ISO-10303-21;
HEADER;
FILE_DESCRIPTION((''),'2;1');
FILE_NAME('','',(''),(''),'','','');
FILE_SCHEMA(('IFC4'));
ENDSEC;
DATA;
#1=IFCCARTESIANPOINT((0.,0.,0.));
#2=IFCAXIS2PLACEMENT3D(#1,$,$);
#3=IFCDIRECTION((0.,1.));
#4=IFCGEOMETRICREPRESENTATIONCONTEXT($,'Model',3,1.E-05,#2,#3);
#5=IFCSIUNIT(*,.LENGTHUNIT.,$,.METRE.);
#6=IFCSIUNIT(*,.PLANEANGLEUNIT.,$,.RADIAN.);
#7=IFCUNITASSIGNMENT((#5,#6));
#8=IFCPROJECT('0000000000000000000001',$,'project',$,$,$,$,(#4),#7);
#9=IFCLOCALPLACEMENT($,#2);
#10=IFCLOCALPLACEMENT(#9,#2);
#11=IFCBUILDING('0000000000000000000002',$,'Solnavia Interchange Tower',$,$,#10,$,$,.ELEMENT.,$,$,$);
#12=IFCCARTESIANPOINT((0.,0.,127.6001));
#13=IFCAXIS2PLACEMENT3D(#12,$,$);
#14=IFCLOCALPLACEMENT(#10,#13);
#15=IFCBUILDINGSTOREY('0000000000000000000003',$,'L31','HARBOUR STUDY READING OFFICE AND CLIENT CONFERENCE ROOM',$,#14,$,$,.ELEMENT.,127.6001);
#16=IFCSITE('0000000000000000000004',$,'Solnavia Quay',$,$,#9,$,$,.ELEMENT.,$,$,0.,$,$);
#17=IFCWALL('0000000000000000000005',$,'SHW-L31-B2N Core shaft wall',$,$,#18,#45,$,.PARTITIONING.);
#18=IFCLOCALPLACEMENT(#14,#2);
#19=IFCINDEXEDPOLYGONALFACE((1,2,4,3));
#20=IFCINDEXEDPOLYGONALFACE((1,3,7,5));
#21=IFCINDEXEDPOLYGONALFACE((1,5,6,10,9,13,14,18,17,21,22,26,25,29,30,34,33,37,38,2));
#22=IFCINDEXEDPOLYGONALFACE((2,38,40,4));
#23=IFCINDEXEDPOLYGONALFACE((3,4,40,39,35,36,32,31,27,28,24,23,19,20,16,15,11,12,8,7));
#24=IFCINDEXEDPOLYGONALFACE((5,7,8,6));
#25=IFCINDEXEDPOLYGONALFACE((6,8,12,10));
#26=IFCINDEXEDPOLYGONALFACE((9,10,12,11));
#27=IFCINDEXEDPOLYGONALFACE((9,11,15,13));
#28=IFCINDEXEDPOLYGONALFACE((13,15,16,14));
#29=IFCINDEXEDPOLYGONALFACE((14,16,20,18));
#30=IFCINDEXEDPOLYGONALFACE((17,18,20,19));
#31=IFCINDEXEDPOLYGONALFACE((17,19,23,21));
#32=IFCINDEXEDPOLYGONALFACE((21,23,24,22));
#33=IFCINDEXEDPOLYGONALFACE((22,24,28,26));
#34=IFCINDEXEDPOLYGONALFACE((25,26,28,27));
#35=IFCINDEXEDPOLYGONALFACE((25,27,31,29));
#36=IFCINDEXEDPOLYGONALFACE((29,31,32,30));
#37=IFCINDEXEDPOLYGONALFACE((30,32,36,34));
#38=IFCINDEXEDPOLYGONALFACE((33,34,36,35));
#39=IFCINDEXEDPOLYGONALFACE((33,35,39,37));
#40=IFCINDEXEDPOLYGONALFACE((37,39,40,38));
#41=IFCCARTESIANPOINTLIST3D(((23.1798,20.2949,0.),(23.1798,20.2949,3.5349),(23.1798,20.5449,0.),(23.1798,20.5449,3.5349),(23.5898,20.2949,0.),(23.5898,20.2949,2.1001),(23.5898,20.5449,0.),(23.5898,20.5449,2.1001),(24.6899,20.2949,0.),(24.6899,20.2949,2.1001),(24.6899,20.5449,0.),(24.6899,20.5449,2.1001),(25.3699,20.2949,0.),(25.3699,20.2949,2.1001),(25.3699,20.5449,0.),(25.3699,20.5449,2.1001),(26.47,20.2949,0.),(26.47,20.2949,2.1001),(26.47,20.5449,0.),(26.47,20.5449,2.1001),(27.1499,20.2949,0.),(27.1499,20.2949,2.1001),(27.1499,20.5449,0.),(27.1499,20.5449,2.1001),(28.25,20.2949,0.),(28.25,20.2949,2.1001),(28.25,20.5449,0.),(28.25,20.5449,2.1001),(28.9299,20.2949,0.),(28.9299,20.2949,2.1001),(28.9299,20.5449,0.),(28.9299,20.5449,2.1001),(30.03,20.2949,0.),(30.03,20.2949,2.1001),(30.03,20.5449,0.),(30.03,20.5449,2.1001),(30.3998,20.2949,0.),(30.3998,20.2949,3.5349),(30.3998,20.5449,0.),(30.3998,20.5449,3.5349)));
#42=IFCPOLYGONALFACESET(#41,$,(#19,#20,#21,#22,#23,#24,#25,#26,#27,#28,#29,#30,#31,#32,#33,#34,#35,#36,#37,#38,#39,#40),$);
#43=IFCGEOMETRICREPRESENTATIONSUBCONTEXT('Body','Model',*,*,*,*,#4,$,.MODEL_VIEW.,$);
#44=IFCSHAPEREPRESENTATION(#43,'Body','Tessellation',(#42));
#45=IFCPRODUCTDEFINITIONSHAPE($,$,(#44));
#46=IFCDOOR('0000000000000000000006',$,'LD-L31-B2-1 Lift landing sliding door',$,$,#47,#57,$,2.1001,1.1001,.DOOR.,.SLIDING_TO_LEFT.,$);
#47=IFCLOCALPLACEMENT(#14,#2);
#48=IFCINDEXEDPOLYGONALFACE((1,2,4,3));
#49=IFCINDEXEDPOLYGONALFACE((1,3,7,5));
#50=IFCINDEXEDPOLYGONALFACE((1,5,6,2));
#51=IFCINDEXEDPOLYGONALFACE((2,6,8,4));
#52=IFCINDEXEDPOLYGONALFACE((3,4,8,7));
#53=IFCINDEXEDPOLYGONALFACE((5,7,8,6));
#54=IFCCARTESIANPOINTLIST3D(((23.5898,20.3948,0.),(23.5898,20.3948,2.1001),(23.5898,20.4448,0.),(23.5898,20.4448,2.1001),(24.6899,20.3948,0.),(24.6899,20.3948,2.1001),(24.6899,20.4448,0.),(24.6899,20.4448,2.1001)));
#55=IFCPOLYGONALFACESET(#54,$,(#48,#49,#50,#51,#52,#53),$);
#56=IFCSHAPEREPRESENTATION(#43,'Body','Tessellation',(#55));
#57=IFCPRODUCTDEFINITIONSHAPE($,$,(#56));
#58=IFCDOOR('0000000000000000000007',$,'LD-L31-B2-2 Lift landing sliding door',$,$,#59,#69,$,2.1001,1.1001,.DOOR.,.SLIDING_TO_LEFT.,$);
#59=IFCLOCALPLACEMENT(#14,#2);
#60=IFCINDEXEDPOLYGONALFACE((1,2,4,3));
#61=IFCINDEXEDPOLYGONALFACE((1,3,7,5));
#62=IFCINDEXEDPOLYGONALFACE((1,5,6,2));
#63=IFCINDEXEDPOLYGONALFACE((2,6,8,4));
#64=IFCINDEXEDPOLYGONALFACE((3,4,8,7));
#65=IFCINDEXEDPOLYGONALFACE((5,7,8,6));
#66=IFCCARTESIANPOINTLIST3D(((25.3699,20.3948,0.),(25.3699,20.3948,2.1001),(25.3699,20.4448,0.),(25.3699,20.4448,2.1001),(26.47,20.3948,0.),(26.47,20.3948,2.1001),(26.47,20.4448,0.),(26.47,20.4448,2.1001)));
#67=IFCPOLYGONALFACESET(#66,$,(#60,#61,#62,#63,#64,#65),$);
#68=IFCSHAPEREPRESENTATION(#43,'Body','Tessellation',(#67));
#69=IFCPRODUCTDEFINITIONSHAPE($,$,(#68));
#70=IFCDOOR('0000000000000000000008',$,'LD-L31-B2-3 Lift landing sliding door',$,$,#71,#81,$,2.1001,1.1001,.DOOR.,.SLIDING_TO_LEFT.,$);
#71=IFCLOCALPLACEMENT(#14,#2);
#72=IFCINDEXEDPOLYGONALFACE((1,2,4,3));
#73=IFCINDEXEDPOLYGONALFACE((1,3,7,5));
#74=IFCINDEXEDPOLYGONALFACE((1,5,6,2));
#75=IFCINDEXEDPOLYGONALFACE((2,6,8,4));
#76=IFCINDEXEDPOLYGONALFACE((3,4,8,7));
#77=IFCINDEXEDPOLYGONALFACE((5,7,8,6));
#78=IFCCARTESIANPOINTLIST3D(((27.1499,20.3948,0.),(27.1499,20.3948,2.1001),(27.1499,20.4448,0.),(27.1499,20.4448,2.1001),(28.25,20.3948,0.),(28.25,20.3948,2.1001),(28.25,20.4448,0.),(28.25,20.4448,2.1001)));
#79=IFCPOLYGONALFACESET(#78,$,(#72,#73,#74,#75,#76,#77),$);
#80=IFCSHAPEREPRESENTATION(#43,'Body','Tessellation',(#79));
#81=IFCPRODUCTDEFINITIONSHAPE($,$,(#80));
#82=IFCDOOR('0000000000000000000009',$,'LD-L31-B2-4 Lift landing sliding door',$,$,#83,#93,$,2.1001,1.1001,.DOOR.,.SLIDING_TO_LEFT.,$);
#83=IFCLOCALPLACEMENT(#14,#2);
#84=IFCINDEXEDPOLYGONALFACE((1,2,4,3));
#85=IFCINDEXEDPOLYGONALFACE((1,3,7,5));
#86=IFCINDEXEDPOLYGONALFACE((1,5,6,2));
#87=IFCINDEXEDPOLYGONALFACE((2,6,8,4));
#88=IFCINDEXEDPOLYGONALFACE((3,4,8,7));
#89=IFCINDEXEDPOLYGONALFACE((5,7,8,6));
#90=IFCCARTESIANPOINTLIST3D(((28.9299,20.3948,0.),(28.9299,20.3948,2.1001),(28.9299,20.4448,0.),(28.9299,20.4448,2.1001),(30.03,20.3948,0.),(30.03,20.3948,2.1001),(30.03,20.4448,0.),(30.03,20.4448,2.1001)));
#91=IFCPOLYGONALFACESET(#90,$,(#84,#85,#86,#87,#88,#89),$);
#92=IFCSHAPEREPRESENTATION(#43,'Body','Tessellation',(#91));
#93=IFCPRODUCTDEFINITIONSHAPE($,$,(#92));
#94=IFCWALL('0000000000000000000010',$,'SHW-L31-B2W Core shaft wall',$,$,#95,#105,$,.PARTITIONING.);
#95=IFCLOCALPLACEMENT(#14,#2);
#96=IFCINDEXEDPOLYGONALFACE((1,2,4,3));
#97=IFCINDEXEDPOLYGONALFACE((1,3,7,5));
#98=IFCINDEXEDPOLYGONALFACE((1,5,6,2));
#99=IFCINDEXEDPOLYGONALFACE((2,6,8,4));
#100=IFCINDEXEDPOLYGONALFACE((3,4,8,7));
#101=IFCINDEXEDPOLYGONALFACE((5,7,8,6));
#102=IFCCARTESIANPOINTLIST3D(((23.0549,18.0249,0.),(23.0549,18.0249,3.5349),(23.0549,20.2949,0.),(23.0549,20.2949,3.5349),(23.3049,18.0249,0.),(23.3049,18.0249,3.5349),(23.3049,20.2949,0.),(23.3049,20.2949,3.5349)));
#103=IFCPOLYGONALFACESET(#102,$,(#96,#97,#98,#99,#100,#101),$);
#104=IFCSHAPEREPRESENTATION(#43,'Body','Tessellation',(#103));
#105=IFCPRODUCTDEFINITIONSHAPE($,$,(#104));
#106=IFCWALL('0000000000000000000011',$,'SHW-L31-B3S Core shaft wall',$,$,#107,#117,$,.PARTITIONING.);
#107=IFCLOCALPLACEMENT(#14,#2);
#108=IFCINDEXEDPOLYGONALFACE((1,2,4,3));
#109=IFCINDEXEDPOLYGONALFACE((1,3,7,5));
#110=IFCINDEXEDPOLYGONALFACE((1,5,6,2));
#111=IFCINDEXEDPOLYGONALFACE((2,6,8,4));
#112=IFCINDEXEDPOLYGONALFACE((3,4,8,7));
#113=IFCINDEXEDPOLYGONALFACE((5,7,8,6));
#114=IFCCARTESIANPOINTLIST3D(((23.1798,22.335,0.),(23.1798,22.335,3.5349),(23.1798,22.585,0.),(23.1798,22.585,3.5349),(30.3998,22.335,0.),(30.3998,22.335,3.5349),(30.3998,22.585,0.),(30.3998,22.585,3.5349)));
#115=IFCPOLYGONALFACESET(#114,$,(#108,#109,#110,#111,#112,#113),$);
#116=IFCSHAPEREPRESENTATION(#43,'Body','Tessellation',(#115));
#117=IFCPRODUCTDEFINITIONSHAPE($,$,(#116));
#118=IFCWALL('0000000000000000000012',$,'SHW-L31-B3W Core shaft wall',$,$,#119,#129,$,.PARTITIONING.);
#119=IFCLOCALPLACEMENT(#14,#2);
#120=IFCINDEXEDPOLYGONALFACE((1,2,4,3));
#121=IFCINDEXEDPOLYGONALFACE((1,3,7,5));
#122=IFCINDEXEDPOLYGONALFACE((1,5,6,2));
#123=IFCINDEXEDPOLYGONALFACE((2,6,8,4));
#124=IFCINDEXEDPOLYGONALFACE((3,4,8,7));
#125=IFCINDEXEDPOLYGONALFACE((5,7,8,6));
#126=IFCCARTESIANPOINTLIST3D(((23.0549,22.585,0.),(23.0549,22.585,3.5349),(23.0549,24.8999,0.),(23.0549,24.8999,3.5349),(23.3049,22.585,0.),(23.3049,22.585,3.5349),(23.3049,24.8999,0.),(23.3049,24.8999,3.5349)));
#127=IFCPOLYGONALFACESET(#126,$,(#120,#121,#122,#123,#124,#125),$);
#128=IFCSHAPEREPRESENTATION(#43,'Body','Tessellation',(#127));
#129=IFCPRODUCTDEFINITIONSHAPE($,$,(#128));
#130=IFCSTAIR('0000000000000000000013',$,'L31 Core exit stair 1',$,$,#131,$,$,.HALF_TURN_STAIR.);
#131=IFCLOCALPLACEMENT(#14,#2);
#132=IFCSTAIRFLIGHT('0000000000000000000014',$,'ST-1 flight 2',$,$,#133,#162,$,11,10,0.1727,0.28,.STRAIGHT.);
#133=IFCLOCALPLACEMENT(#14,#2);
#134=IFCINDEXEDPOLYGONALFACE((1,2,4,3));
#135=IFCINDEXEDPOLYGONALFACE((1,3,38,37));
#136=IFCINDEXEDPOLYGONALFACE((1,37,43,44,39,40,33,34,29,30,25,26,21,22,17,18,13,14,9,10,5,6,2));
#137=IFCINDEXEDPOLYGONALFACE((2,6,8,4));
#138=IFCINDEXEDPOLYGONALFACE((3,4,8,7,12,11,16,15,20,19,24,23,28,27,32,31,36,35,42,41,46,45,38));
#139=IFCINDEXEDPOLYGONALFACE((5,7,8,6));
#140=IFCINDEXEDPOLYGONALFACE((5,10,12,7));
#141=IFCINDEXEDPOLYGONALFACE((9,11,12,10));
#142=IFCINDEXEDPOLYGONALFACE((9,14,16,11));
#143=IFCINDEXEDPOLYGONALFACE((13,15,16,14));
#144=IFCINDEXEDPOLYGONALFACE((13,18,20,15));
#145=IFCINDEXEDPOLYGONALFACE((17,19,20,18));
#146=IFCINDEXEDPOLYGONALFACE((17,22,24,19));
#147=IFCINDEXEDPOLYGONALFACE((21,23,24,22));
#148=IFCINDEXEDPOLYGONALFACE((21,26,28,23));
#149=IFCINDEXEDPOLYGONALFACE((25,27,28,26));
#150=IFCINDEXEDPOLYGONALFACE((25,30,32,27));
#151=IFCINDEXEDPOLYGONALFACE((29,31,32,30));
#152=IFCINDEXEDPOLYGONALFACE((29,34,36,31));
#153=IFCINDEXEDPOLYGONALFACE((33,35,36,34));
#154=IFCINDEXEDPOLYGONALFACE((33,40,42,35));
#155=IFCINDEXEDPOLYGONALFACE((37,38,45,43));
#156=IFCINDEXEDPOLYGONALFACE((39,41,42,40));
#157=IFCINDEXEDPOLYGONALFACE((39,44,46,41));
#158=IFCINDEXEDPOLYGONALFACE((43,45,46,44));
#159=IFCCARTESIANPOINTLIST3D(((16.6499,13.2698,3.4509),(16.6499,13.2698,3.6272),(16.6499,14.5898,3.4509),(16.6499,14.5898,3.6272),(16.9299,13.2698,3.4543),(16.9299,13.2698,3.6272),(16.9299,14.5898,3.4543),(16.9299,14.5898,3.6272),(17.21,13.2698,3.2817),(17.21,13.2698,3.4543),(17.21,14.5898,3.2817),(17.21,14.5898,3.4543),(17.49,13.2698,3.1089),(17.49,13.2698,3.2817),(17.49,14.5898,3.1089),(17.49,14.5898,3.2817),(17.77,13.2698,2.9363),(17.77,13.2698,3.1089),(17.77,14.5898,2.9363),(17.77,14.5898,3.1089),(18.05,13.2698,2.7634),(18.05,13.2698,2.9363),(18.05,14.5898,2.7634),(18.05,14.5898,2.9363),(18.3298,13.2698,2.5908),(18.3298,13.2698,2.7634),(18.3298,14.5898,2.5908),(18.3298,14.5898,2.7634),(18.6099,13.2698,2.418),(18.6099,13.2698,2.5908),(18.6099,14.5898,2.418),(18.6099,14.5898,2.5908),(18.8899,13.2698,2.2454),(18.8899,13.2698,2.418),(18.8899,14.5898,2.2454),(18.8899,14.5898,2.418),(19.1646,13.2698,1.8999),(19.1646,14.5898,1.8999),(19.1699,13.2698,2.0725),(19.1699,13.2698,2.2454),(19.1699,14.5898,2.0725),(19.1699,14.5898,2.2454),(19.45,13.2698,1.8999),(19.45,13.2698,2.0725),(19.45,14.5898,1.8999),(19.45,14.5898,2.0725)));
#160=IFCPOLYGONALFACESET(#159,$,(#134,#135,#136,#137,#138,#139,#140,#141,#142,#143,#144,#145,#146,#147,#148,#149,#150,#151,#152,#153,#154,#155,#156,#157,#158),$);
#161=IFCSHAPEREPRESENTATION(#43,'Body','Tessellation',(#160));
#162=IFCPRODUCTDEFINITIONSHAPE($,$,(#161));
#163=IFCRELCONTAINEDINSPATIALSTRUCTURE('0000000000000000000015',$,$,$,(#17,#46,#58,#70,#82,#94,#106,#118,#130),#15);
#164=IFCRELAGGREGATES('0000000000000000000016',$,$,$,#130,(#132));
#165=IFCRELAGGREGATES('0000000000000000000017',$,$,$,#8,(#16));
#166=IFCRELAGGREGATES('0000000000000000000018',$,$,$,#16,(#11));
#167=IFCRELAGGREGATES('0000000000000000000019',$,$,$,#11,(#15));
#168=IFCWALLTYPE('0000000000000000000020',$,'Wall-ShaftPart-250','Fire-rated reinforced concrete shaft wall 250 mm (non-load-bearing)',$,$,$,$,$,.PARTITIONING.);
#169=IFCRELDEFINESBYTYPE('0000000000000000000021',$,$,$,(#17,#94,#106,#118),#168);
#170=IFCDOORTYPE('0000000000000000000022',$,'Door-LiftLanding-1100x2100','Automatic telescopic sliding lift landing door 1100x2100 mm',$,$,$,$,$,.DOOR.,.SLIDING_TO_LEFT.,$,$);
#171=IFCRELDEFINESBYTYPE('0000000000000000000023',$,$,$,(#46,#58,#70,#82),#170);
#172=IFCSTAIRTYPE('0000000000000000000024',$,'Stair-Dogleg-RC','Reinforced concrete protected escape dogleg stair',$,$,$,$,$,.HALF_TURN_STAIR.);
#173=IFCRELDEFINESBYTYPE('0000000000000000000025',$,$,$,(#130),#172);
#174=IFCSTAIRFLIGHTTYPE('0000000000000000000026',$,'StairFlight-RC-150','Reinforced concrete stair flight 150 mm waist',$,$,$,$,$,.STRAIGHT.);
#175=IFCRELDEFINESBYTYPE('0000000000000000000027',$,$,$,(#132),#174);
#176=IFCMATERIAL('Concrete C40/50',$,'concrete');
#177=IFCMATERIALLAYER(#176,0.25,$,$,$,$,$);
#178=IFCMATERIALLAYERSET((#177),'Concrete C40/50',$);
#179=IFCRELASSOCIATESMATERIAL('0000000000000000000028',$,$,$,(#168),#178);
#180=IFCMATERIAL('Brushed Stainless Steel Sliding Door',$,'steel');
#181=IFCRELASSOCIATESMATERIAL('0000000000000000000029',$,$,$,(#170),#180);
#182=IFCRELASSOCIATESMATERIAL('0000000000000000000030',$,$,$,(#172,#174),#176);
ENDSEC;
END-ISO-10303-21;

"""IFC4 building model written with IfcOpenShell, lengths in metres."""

from ifc_helpers import new_model, si_unit, direction, frame, frame_2d, origin, place, context, subcontext, project, spatial, polyline, rectangle, outline, extrude, material, layer, layer_set, type_object, element, fill, aggregate, save


model = new_model("IFC4")

# Units and contexts
model_context = context("Model", 3, precision=1e-05, world=origin(), true_north=direction((0.0, 1.0)))
body_context = subcontext(model_context, "Body", "Model", "MODEL_VIEW")
ifc_project = project(units=[si_unit("LENGTHUNIT", "METRE"), si_unit("PLANEANGLEUNIT", "RADIAN")], contexts=[model_context])

# Site, building, storey
site_placement = place(None, origin())
site = spatial("IfcSite", under=ifc_project, at=site_placement, Name="Solnavia Quay", CompositionType="ELEMENT", RefElevation=0.0)
building_placement = place(site_placement, origin())
building = spatial("IfcBuilding", under=site, at=building_placement, Name="Solnavia Interchange Tower", CompositionType="ELEMENT")
storey_placement = place(building_placement, frame((0.0, 0.0, 127.6001)))
storey = spatial("IfcBuildingStorey", under=building, at=storey_placement, Name="L31", Description="HARBOUR STUDY READING OFFICE AND CLIENT CONFERENCE ROOM", CompositionType="ELEMENT", Elevation=127.6001)

# Shared definitions
ifc_material_1 = material(Name="Concrete C40/50", Category="concrete")

# Shared definitions
ifc_layer_1 = layer(ifc_material_1, 0.25)
ifc_layer_set_1 = layer_set([ifc_layer_1], Name="Concrete C40/50")
wall_type_1 = type_object("IfcWallType", Name="Wall-ShaftPart-250", Description="Fire-rated reinforced concrete shaft wall 250 mm (non-load-bearing)", PredefinedType="PARTITIONING", material=ifc_layer_set_1)
ifc_material_2 = material(Name="Brushed Stainless Steel Sliding Door", Category="steel")
door_type_1 = type_object("IfcDoorType", Name="Door-LiftLanding-1100x2100", Description="Automatic telescopic sliding lift landing door 1100x2100 mm", OperationType="SLIDING_TO_LEFT", PredefinedType="DOOR", material=ifc_material_2)

# Wall, openings, doors
wall_1_placement = place(storey_placement, frame((23.1799, 20.4199, 0.0), z_axis=(0.0, 0.0, 1.0), x_axis=(1.0, 0.0, 0.0)))
wall_1 = element("IfcWall", 1, at=wall_1_placement, inside=storey, type_object=wall_type_1, Name="SHW-L31-B2N Core shaft wall", PredefinedType="PARTITIONING", context=body_context, shape_type="SweptSolid", body=[
    extrude(rectangle(XDim=7.22, YDim=0.25, at=frame_2d((3.6099, 0.0))), origin(), (0.0, 0.0, 1.0), 3.5349),
])
opening_1_placement = place(wall_1_placement, frame((0.4099, 0.0, 0.0)))
opening_1 = element("IfcOpeningElement", 2, at=opening_1_placement, cuts=wall_1, PredefinedType="OPENING", context=body_context, shape_type="SweptSolid", body=[
    extrude(rectangle(XDim=1.1001, YDim=2.1001, at=frame_2d((0.55, 1.05))), frame((0.0, 0.135, 0.0), z_axis=(0.0, -1.0, 0.0), x_axis=(1.0, 0.0, 0.0)), (0.0, 0.0, 1.0), 0.27),
])
opening_2_placement = place(wall_1_placement, frame((2.1899, 0.0, 0.0)))
opening_2 = element("IfcOpeningElement", 3, at=opening_2_placement, cuts=wall_1, PredefinedType="OPENING", context=body_context, shape_type="SweptSolid", body=[
    extrude(rectangle(XDim=1.1001, YDim=2.1001, at=frame_2d((0.55, 1.05))), frame((0.0, 0.135, 0.0), z_axis=(0.0, -1.0, 0.0), x_axis=(1.0, 0.0, 0.0)), (0.0, 0.0, 1.0), 0.27),
])
opening_3_placement = place(wall_1_placement, frame((3.97, 0.0, 0.0)))
opening_3 = element("IfcOpeningElement", 4, at=opening_3_placement, cuts=wall_1, PredefinedType="OPENING", context=body_context, shape_type="SweptSolid", body=[
    extrude(rectangle(XDim=1.1001, YDim=2.1001, at=frame_2d((0.55, 1.05))), frame((0.0, 0.135, 0.0), z_axis=(0.0, -1.0, 0.0), x_axis=(1.0, 0.0, 0.0)), (0.0, 0.0, 1.0), 0.27),
])
opening_4_placement = place(wall_1_placement, frame((5.75, 0.0, 0.0)))
opening_4 = element("IfcOpeningElement", 5, at=opening_4_placement, cuts=wall_1, PredefinedType="OPENING", context=body_context, shape_type="SweptSolid", body=[
    extrude(rectangle(XDim=1.1001, YDim=2.1001, at=frame_2d((0.55, 1.05))), frame((0.0, 0.135, 0.0), z_axis=(0.0, -1.0, 0.0), x_axis=(1.0, 0.0, 0.0)), (0.0, 0.0, 1.0), 0.27),
])
door_1_placement = place(opening_1_placement, origin())
door_1 = element("IfcDoor", 6, at=door_1_placement, inside=storey, type_object=door_type_1, Name="LD-L31-B2-1 Lift landing sliding door", OperationType="SLIDING_TO_LEFT", OverallHeight=2.1001, OverallWidth=1.1001, PredefinedType="DOOR", context=body_context, shape_type="SweptSolid", body=[
    extrude(rectangle(XDim=1.1001, YDim=2.1001, at=frame_2d((0.55, 1.05))), frame((0.0, 0.0249, 0.0), z_axis=(0.0, -1.0, 0.0), x_axis=(1.0, 0.0, 0.0)), (0.0, 0.0, 1.0), 0.05),
])
fill(opening_1, door_1)
door_2_placement = place(opening_2_placement, origin())
door_2 = element("IfcDoor", 7, at=door_2_placement, inside=storey, type_object=door_type_1, Name="LD-L31-B2-2 Lift landing sliding door", OperationType="SLIDING_TO_LEFT", OverallHeight=2.1001, OverallWidth=1.1001, PredefinedType="DOOR", context=body_context, shape_type="SweptSolid", body=[
    extrude(rectangle(XDim=1.1001, YDim=2.1001, at=frame_2d((0.55, 1.05))), frame((0.0, 0.0249, 0.0), z_axis=(0.0, -1.0, 0.0), x_axis=(1.0, 0.0, 0.0)), (0.0, 0.0, 1.0), 0.05),
])
fill(opening_2, door_2)
door_3_placement = place(opening_3_placement, origin())
door_3 = element("IfcDoor", 8, at=door_3_placement, inside=storey, type_object=door_type_1, Name="LD-L31-B2-3 Lift landing sliding door", OperationType="SLIDING_TO_LEFT", OverallHeight=2.1001, OverallWidth=1.1001, PredefinedType="DOOR", context=body_context, shape_type="SweptSolid", body=[
    extrude(rectangle(XDim=1.1001, YDim=2.1001, at=frame_2d((0.55, 1.05))), frame((0.0, 0.0249, 0.0), z_axis=(0.0, -1.0, 0.0), x_axis=(1.0, 0.0, 0.0)), (0.0, 0.0, 1.0), 0.05),
])
fill(opening_3, door_3)
door_4_placement = place(opening_4_placement, origin())
door_4 = element("IfcDoor", 9, at=door_4_placement, inside=storey, type_object=door_type_1, Name="LD-L31-B2-4 Lift landing sliding door", OperationType="SLIDING_TO_LEFT", OverallHeight=2.1001, OverallWidth=1.1001, PredefinedType="DOOR", context=body_context, shape_type="SweptSolid", body=[
    extrude(rectangle(XDim=1.1001, YDim=2.1001, at=frame_2d((0.55, 1.05))), frame((0.0, 0.0249, 0.0), z_axis=(0.0, -1.0, 0.0), x_axis=(1.0, 0.0, 0.0)), (0.0, 0.0, 1.0), 0.05),
])
fill(opening_4, door_4)

# Walls
wall_2_placement = place(storey_placement, frame((23.1799, 18.0249, 0.0), z_axis=(0.0, 0.0, 1.0), x_axis=(0.0, 1.0, 0.0)))
element("IfcWall", 10, at=wall_2_placement, inside=storey, type_object=wall_type_1, Name="SHW-L31-B2W Core shaft wall", PredefinedType="PARTITIONING", context=body_context, shape_type="SweptSolid", body=[
    extrude(rectangle(XDim=2.27, YDim=0.25, at=frame_2d((1.135, 0.0))), origin(), (0.0, 0.0, 1.0), 3.5349),
])
wall_3_placement = place(storey_placement, frame((23.1799, 22.46, 0.0), z_axis=(0.0, 0.0, 1.0), x_axis=(1.0, 0.0, 0.0)))
element("IfcWall", 11, at=wall_3_placement, inside=storey, type_object=wall_type_1, Name="SHW-L31-B3S Core shaft wall", PredefinedType="PARTITIONING", context=body_context, shape_type="SweptSolid", body=[
    extrude(rectangle(XDim=7.22, YDim=0.25, at=frame_2d((3.6099, 0.0))), origin(), (0.0, 0.0, 1.0), 3.5349),
])
wall_4_placement = place(storey_placement, frame((23.1799, 22.585, 0.0), z_axis=(0.0, 0.0, 1.0), x_axis=(0.0, 1.0, 0.0)))
element("IfcWall", 12, at=wall_4_placement, inside=storey, type_object=wall_type_1, Name="SHW-L31-B3W Core shaft wall", PredefinedType="PARTITIONING", context=body_context, shape_type="SweptSolid", body=[
    extrude(rectangle(XDim=2.3149, YDim=0.25, at=frame_2d((1.1575, 0.0))), origin(), (0.0, 0.0, 1.0), 3.5349),
])

# Stair, stair flight
stair_type = type_object("IfcStairType", Name="Stair-Dogleg-RC", Description="Reinforced concrete protected escape dogleg stair", PredefinedType="HALF_TURN_STAIR", material=ifc_material_1)
stair_1_placement = place(storey_placement, origin())
stair_1 = element("IfcStair", 13, at=stair_1_placement, inside=storey, type_object=stair_type, Name="L31 Core exit stair 1", PredefinedType="HALF_TURN_STAIR")
stair_flight_type = type_object("IfcStairFlightType", Name="StairFlight-RC-150", Description="Reinforced concrete stair flight 150 mm waist", PredefinedType="STRAIGHT", material=ifc_material_1)
stair_flight_1_placement = place(storey_placement, frame((19.45, 13.9299, 1.8999), z_axis=(0.0, 0.0, 1.0), x_axis=(-1.0, 0.0, 0.0)))
stair_flight_1 = element("IfcStairFlight", 14, at=stair_flight_1_placement, type_object=stair_flight_type, Name="ST-1 flight 2", NumberOfRisers=11, NumberOfTreads=10, PredefinedType="STRAIGHT", RiserHeight=0.1727, TreadLength=0.28, context=body_context, shape_type="SweptSolid", body=[
    extrude(outline(polyline([(0.0, 0.0), (0.0, 0.1726), (0.28, 0.1726), (0.28, 0.3455), (0.5601, 0.3455), (0.5601, 0.5181), (0.8401, 0.5181), (0.8401, 0.6909), (1.1201, 0.6909), (1.1201, 0.8635), (1.3999, 0.8635), (1.3999, 1.0364), (1.6799, 1.0364), (1.6799, 1.209), (1.96, 1.209), (1.96, 1.3818), (2.24, 1.3818), (2.24, 1.5544), (2.52, 1.5544), (2.52, 1.7273), (2.8, 1.7273), (2.8, 1.8999), (2.8, 1.551), (0.2854, 0.0), (0.0, 0.0)])), frame((0.0, 0.6602, 0.0), z_axis=(0.0, -1.0, 0.0), x_axis=(1.0, 0.0, 0.0)), (0.0, 0.0, 1.0), 1.3201),
])
aggregate(stair_1, [stair_flight_1])

save(model, "model.ifc")
